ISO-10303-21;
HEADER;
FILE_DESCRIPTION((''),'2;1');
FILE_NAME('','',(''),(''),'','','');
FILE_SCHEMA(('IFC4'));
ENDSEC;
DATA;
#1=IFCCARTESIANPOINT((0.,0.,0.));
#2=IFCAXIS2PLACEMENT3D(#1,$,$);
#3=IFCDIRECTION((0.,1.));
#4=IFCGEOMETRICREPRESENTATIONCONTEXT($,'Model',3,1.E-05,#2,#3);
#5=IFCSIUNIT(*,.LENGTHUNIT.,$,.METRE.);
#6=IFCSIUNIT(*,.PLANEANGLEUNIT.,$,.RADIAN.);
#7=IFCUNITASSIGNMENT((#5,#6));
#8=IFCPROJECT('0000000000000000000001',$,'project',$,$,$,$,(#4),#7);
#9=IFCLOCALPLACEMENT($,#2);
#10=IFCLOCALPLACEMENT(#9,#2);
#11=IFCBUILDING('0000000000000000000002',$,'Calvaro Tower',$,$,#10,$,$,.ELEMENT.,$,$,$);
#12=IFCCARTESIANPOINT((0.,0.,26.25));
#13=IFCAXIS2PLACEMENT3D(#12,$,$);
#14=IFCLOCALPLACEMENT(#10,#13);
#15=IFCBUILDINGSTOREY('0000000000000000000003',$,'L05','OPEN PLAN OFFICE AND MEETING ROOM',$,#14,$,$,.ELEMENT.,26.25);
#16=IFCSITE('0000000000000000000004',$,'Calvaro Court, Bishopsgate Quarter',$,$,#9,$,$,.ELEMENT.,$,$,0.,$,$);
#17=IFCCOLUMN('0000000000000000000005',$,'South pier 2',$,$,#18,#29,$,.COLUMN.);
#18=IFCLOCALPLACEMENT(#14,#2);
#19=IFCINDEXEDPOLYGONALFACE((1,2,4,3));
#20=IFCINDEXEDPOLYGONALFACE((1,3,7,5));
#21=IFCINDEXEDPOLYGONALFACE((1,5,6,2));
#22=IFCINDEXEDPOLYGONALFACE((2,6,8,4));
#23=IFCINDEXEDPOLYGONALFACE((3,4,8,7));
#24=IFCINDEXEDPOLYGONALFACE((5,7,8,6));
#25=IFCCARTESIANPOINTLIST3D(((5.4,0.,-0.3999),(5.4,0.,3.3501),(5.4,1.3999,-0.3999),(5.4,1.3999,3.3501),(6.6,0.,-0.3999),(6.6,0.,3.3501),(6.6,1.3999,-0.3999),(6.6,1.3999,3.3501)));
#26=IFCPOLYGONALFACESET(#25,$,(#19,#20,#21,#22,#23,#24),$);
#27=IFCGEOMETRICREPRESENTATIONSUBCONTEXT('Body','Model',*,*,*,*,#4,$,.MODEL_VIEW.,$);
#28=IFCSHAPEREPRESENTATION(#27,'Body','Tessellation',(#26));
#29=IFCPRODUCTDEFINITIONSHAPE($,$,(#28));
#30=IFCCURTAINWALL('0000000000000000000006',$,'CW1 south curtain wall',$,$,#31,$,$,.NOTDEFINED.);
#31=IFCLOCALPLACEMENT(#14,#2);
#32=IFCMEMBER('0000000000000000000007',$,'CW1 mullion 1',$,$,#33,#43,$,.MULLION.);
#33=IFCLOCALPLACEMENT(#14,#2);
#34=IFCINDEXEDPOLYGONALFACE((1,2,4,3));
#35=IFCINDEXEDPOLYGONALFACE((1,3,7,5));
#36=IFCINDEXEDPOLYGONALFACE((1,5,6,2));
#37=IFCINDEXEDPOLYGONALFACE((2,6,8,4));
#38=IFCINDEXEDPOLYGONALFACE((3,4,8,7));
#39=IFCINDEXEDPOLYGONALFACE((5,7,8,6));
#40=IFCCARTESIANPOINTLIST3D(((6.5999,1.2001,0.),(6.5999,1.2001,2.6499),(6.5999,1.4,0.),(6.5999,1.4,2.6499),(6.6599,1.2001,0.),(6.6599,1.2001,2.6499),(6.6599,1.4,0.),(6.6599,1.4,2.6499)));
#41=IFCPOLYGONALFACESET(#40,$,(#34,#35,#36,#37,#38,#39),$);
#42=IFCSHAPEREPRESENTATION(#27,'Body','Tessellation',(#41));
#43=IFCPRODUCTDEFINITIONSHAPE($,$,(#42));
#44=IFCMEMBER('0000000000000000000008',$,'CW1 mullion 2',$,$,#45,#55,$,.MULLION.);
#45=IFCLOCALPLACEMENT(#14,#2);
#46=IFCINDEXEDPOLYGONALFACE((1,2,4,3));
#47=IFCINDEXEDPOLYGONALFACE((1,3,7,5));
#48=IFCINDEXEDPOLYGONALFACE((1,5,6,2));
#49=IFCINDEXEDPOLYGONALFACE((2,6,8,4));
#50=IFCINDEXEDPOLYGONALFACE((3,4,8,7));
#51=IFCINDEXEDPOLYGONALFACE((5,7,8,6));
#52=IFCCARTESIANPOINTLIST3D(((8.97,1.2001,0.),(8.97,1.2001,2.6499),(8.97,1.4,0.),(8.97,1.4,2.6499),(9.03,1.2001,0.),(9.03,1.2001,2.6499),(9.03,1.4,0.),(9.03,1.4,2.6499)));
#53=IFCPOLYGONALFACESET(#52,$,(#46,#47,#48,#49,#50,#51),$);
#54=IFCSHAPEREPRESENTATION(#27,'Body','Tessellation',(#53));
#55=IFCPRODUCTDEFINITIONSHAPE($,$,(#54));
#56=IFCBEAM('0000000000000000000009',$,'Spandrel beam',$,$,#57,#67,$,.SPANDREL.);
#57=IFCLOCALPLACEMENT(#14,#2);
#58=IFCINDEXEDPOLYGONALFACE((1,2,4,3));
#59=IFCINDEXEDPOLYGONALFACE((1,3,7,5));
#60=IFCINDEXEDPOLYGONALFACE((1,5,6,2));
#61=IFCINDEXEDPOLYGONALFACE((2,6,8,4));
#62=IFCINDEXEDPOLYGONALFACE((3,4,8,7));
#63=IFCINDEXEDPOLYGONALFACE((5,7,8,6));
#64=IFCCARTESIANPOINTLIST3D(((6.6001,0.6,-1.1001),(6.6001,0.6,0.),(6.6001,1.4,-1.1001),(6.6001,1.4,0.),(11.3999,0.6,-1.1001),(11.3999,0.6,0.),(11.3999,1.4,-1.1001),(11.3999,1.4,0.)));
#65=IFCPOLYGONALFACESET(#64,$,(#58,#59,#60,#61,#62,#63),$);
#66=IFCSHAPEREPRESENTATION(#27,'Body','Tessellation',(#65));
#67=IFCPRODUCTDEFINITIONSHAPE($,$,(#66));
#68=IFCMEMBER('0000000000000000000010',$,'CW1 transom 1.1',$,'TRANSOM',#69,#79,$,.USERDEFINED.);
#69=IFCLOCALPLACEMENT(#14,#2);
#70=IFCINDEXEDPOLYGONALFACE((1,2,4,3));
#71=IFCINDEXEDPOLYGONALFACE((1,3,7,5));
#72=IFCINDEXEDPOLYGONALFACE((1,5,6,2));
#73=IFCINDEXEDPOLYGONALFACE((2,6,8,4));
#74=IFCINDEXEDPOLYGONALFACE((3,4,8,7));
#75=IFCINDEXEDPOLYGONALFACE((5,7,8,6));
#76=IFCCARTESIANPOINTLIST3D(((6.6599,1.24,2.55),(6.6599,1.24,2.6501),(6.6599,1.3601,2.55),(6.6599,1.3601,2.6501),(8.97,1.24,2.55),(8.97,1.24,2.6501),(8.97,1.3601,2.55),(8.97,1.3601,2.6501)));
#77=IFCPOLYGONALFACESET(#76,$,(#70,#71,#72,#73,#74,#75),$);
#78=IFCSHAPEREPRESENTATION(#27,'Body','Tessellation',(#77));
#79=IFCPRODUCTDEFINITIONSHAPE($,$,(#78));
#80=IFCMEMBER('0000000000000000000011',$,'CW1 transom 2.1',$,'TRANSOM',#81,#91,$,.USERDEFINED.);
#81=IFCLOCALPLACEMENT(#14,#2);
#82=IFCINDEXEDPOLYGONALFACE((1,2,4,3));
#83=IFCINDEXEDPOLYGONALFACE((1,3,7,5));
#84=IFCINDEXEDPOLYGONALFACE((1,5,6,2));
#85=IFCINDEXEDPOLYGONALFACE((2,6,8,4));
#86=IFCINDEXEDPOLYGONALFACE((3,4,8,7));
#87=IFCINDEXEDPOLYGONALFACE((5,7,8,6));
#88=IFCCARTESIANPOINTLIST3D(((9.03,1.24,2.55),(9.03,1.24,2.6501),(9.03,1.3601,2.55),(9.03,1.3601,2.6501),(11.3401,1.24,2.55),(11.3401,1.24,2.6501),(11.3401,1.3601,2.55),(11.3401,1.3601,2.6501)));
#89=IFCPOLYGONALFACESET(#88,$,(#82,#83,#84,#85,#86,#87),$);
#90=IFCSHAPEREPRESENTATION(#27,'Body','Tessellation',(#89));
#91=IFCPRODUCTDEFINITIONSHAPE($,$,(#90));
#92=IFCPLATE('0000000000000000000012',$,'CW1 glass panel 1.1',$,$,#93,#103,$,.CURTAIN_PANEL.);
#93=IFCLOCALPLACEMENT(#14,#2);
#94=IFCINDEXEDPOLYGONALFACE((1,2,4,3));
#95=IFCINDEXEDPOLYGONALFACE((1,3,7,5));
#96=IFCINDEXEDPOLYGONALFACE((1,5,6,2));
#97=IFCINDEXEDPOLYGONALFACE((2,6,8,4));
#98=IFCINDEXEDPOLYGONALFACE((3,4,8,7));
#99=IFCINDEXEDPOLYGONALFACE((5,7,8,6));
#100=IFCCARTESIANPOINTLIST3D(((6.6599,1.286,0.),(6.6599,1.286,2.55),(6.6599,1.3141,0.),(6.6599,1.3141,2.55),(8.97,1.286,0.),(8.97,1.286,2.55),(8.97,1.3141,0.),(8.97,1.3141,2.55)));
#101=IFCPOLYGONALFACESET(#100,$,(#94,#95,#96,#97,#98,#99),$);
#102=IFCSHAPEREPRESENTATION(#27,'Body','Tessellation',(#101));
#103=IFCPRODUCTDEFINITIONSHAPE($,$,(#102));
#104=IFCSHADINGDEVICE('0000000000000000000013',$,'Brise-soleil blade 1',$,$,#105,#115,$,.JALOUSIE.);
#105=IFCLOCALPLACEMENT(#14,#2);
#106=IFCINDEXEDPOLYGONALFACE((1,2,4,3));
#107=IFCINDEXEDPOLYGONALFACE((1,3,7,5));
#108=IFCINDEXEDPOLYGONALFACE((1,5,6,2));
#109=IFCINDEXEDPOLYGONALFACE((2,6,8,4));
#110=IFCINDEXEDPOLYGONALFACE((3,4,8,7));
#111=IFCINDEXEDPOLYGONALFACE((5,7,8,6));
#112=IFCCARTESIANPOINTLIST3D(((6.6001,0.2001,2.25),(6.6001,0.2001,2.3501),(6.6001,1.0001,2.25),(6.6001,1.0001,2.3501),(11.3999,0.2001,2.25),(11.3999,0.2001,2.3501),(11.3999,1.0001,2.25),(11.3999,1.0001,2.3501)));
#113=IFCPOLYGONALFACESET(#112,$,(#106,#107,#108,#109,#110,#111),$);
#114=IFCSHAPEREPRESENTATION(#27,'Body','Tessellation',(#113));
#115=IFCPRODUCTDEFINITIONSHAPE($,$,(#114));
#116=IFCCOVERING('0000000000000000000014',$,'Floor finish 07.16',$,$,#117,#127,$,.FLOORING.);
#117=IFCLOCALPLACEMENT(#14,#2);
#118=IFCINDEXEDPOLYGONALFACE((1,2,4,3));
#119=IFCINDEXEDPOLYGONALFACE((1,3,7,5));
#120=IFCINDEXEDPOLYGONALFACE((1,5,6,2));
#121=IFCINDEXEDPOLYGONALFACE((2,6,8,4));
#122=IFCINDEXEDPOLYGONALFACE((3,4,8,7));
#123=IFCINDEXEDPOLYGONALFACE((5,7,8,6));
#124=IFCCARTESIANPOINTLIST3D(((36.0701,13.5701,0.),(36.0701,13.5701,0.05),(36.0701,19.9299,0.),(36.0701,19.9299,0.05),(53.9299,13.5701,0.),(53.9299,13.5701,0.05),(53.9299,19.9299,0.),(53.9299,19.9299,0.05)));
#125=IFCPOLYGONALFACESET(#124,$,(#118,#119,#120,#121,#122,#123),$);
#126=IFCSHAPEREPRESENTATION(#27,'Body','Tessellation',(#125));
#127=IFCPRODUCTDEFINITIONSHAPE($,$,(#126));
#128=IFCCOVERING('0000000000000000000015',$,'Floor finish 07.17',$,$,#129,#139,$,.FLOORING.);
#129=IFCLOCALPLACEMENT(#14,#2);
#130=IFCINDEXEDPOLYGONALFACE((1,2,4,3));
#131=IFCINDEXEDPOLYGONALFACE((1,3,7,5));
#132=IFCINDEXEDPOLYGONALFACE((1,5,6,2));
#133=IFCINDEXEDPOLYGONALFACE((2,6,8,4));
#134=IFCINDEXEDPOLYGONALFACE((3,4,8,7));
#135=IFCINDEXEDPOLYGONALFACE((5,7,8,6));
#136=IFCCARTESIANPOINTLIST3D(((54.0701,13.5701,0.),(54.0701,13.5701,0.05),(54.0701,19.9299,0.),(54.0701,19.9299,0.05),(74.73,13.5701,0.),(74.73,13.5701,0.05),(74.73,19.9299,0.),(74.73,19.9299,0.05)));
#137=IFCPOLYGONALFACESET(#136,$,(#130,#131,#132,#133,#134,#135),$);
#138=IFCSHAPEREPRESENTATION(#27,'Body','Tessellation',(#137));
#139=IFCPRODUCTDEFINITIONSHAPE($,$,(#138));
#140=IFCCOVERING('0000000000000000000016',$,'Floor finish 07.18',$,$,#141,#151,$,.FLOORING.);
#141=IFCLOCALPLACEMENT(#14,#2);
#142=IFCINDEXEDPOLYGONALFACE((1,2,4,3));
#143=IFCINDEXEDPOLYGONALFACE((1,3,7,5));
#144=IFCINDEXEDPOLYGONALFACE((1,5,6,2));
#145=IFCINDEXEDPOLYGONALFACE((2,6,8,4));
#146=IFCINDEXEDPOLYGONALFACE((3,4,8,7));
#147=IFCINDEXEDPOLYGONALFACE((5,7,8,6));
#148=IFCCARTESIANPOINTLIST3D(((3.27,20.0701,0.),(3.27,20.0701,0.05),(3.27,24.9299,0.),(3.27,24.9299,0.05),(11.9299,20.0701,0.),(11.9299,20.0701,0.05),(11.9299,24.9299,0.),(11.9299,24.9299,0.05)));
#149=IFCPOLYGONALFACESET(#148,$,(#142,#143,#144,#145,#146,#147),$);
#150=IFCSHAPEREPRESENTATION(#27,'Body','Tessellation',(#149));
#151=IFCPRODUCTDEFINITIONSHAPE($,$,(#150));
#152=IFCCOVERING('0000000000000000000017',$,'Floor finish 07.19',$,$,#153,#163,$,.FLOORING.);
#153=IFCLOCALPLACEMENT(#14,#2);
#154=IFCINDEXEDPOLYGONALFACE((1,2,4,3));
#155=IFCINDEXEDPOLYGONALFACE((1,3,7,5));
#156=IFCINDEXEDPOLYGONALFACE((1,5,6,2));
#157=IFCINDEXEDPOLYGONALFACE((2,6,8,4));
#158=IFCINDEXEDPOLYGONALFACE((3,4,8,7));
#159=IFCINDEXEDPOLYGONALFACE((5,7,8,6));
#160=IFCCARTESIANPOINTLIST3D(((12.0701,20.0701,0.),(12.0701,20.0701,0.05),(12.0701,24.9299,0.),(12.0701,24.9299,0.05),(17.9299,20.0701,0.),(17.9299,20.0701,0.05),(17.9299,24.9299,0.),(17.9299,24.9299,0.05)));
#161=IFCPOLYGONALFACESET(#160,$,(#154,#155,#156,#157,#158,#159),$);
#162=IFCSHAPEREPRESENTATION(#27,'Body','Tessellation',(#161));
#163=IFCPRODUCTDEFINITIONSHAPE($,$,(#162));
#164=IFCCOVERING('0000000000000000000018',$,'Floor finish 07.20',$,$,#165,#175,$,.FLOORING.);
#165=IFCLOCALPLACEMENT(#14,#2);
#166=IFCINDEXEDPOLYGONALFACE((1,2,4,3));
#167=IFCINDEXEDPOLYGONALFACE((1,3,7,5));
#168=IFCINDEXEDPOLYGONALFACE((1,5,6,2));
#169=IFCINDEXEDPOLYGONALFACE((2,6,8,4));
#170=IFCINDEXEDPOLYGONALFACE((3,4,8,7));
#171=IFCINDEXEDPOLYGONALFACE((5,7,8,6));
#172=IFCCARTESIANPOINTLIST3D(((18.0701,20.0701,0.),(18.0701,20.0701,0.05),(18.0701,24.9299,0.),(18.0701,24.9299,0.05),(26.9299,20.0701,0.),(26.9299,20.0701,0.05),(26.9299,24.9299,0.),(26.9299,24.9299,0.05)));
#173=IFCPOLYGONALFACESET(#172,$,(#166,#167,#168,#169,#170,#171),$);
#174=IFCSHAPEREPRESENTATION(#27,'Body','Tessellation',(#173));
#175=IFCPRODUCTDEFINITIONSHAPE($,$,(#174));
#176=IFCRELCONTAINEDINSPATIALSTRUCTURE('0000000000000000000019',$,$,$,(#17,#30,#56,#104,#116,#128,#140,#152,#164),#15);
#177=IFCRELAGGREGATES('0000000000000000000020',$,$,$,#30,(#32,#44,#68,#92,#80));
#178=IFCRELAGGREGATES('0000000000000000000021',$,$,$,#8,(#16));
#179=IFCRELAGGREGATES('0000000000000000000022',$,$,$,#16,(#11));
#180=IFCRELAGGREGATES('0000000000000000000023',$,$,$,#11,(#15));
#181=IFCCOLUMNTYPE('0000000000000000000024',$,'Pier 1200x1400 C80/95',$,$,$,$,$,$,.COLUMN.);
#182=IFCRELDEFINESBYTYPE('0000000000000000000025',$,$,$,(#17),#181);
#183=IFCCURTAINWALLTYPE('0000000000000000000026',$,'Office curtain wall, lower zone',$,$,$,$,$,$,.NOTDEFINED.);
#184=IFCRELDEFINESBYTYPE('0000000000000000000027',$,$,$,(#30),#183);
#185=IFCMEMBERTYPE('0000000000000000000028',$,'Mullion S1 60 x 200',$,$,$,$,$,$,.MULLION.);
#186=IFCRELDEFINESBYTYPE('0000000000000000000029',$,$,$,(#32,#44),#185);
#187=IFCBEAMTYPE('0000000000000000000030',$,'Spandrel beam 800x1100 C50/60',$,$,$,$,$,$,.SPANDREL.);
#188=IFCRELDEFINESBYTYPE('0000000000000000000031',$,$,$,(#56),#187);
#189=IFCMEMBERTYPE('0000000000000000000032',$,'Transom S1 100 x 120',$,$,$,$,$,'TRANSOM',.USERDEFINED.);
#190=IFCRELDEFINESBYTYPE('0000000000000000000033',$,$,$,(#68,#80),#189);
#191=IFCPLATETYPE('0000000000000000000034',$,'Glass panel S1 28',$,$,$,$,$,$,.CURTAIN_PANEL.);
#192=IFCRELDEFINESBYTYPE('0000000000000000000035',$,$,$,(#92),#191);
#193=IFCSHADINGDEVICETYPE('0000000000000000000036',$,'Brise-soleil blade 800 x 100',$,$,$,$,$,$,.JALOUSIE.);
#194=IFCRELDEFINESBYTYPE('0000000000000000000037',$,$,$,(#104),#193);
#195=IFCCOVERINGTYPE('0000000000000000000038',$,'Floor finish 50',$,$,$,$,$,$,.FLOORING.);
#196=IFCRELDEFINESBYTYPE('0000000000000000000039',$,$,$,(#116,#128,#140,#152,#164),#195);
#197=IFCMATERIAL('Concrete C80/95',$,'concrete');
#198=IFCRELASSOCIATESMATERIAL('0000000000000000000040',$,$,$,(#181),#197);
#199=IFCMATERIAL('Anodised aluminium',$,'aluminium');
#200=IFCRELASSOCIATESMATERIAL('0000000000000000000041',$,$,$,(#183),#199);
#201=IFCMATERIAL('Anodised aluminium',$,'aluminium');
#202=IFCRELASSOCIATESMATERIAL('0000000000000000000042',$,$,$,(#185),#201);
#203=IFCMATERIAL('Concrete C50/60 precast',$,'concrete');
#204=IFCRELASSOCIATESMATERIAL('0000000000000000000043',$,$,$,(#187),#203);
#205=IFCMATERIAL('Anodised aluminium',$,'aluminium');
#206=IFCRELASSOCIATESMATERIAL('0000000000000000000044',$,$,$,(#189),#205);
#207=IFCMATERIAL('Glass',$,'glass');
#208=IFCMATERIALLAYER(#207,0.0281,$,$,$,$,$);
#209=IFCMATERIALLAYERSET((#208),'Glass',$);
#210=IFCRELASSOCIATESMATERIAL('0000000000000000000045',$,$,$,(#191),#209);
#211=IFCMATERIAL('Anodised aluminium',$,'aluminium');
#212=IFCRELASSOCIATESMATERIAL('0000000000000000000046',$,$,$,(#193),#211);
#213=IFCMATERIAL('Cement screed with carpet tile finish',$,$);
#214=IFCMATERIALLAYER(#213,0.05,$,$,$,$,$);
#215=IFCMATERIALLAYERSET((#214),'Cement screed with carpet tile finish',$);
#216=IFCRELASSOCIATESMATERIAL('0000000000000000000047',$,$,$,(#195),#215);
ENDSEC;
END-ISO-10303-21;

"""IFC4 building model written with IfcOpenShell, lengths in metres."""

from ifc_helpers import new_model, si_unit, direction, frame, origin, origin_2d, place, context, subcontext, project, spatial, polyline, rectangle, outline, extrude, material, layer, layer_set, material_profile, profile_set, type_object, element, aggregate, save


model = new_model("IFC4")

# Units and contexts
model_context = context("Model", 3, precision=1e-05, world=origin(), true_north=direction((0.0, 1.0)))
body_context = subcontext(model_context, "Body", "Model", "MODEL_VIEW")
ifc_project = project(units=[si_unit("LENGTHUNIT", "METRE"), si_unit("PLANEANGLEUNIT", "RADIAN")], contexts=[model_context])

# Site, building, storey
site_placement = place(None, origin())
site = spatial("IfcSite", under=ifc_project, at=site_placement, Name="Calvaro Court, Bishopsgate Quarter", CompositionType="ELEMENT", RefElevation=0.0)
building_placement = place(site_placement, origin())
building = spatial("IfcBuilding", under=site, at=building_placement, Name="Calvaro Tower", CompositionType="ELEMENT")
storey_placement = place(building_placement, frame((0.0, 0.0, 26.25)))
storey = spatial("IfcBuildingStorey", under=building, at=storey_placement, Name="L05", Description="OPEN PLAN OFFICE AND MEETING ROOM", CompositionType="ELEMENT", Elevation=26.25)

# Column
ifc_material_1 = material(Name="Concrete C80/95", Category="concrete")
ifc_material_profile_1 = material_profile(ifc_material_1, rectangle(XDim=1.2, YDim=1.3999, at=origin_2d()), Name="RC 1200x1400")
ifc_profile_set_1 = profile_set([ifc_material_profile_1], Name="Concrete C80/95")
column_type = type_object("IfcColumnType", Name="Pier 1200x1400 C80/95", PredefinedType="COLUMN", material=ifc_profile_set_1)
column_placement = place(storey_placement, frame((6.0, 0.7, -0.3999), z_axis=(0.0, 0.0, 1.0), x_axis=(1.0, 0.0, 0.0)))
element("IfcColumn", 1, at=column_placement, inside=storey, type_object=column_type, Name="South pier 2", PredefinedType="COLUMN", context=body_context, shape_type="SweptSolid", body=[
    extrude(rectangle(XDim=1.2, YDim=1.3999, at=origin_2d()), origin(), (0.0, 0.0, 1.0), 3.75),
])

# Curtain wall, members
ifc_material_2 = material(Name="Anodised aluminium", Category="aluminium")
curtain_wall_type = type_object("IfcCurtainWallType", Name="Office curtain wall, lower zone", PredefinedType="NOTDEFINED", material=ifc_material_2)
curtain_wall_placement = place(storey_placement, origin())
curtain_wall = element("IfcCurtainWall", 2, at=curtain_wall_placement, inside=storey, type_object=curtain_wall_type, Name="CW1 south curtain wall", PredefinedType="NOTDEFINED")
ifc_material_3 = material(Name="Anodised aluminium", Category="aluminium")
ifc_material_profile_2 = material_profile(ifc_material_3, rectangle(XDim=0.2, YDim=0.0601, at=origin_2d()), Name="Mullion S1 60 x 200")
ifc_profile_set_2 = profile_set([ifc_material_profile_2], Name="Anodised aluminium")
member_type_1 = type_object("IfcMemberType", Name="Mullion S1 60 x 200", PredefinedType="MULLION", material=ifc_profile_set_2)
member_1_placement = place(storey_placement, frame((6.6299, 1.3, 0.0), z_axis=(0.0, 0.0, 1.0), x_axis=(0.0, 1.0, 0.0)))
member_1 = element("IfcMember", 3, at=member_1_placement, type_object=member_type_1, Name="CW1 mullion 1", PredefinedType="MULLION", context=body_context, shape_type="SweptSolid", body=[
    extrude(rectangle(XDim=0.2, YDim=0.0601, at=origin_2d()), origin(), (0.0, 0.0, 1.0), 2.6499),
])
member_2_placement = place(storey_placement, frame((9.0, 1.3, 0.0), z_axis=(0.0, 0.0, 1.0), x_axis=(0.0, 1.0, 0.0)))
member_2 = element("IfcMember", 4, at=member_2_placement, type_object=member_type_1, Name="CW1 mullion 2", PredefinedType="MULLION", context=body_context, shape_type="SweptSolid", body=[
    extrude(rectangle(XDim=0.2, YDim=0.0601, at=origin_2d()), origin(), (0.0, 0.0, 1.0), 2.6499),
])

# Beam
ifc_material_4 = material(Name="Concrete C50/60 precast", Category="concrete")
ifc_material_profile_3 = material_profile(ifc_material_4, rectangle(XDim=0.8, YDim=1.1001, at=origin_2d()), Name="RC 800x1100")
ifc_profile_set_3 = profile_set([ifc_material_profile_3], Name="Concrete C50/60 precast")
beam_type = type_object("IfcBeamType", Name="Spandrel beam 800x1100 C50/60", PredefinedType="SPANDREL", material=ifc_profile_set_3)
beam_placement = place(storey_placement, frame((6.6001, 1.0, -0.55), z_axis=(1.0, 0.0, 0.0), x_axis=(0.0, 1.0, 0.0)))
element("IfcBeam", 5, at=beam_placement, inside=storey, type_object=beam_type, Name="Spandrel beam", PredefinedType="SPANDREL", context=body_context, shape_type="SweptSolid", body=[
    extrude(rectangle(XDim=0.8, YDim=1.1001, at=origin_2d()), origin(), (0.0, 0.0, 1.0), 4.7998),
])

# Members
ifc_material_5 = material(Name="Anodised aluminium", Category="aluminium")
ifc_material_profile_4 = material_profile(ifc_material_5, rectangle(XDim=0.1201, YDim=0.1001, at=origin_2d()), Name="Transom S1 100 x 120")
ifc_profile_set_4 = profile_set([ifc_material_profile_4], Name="Anodised aluminium")
member_type_2 = type_object("IfcMemberType", Name="Transom S1 100 x 120", ElementType="TRANSOM", PredefinedType="USERDEFINED", material=ifc_profile_set_4)
member_3_placement = place(storey_placement, frame((6.6599, 1.3, 2.6001), z_axis=(1.0, 0.0, 0.0), x_axis=(0.0, 1.0, 0.0)))
member_3 = element("IfcMember", 6, at=member_3_placement, type_object=member_type_2, Name="CW1 transom 1.1", ObjectType="TRANSOM", PredefinedType="USERDEFINED", context=body_context, shape_type="SweptSolid", body=[
    extrude(rectangle(XDim=0.1201, YDim=0.1001, at=origin_2d()), origin(), (0.0, 0.0, 1.0), 2.3101),
])
member_4_placement = place(storey_placement, frame((9.03, 1.3, 2.6001), z_axis=(1.0, 0.0, 0.0), x_axis=(0.0, 1.0, 0.0)))
member_4 = element("IfcMember", 7, at=member_4_placement, type_object=member_type_2, Name="CW1 transom 2.1", ObjectType="TRANSOM", PredefinedType="USERDEFINED", context=body_context, shape_type="SweptSolid", body=[
    extrude(rectangle(XDim=0.1201, YDim=0.1001, at=origin_2d()), origin(), (0.0, 0.0, 1.0), 2.3101),
])

# Plate
ifc_material_6 = material(Name="Glass", Category="glass")
ifc_layer_1 = layer(ifc_material_6, 0.0281)
ifc_layer_set_1 = layer_set([ifc_layer_1], Name="Glass")
plate_type = type_object("IfcPlateType", Name="Glass panel S1 28", PredefinedType="CURTAIN_PANEL", material=ifc_layer_set_1)
plate_placement = place(storey_placement, frame((7.8149, 1.3, 0.0), z_axis=(0.0, 0.0, 1.0), x_axis=(1.0, 0.0, 0.0)))
plate = element("IfcPlate", 8, at=plate_placement, type_object=plate_type, Name="CW1 glass panel 1.1", PredefinedType="CURTAIN_PANEL", context=body_context, shape_type="SweptSolid", body=[
    extrude(rectangle(XDim=2.3101, YDim=0.0281, at=origin_2d()), origin(), (0.0, 0.0, 1.0), 2.55),
])
aggregate(curtain_wall, [member_1, member_2, member_3, plate, member_4])

# Shading device
ifc_material_7 = material(Name="Anodised aluminium", Category="aluminium")
ifc_material_profile_5 = material_profile(ifc_material_7, rectangle(XDim=0.8, YDim=0.1001, at=origin_2d()), Name="Brise-soleil blade 800 x 100")
ifc_profile_set_5 = profile_set([ifc_material_profile_5], Name="Anodised aluminium")
shading_device_type = type_object("IfcShadingDeviceType", Name="Brise-soleil blade 800 x 100", PredefinedType="JALOUSIE", material=ifc_profile_set_5)
shading_device_placement = place(storey_placement, frame((6.6001, 0.6001, 2.3), z_axis=(1.0, 0.0, 0.0), x_axis=(0.0, 1.0, 0.0)))
element("IfcShadingDevice", 9, at=shading_device_placement, inside=storey, type_object=shading_device_type, Name="Brise-soleil blade 1", PredefinedType="JALOUSIE", context=body_context, shape_type="SweptSolid", body=[
    extrude(rectangle(XDim=0.8, YDim=0.1001, at=origin_2d()), origin(), (0.0, 0.0, 1.0), 4.7998),
])

# Coverings
ifc_material_8 = material(Name="Cement screed with carpet tile finish")
ifc_layer_2 = layer(ifc_material_8, 0.05)
ifc_layer_set_2 = layer_set([ifc_layer_2], Name="Cement screed with carpet tile finish")
covering_type = type_object("IfcCoveringType", Name="Floor finish 50", PredefinedType="FLOORING", material=ifc_layer_set_2)
covering_1_placement = place(storey_placement, origin())
element("IfcCovering", 10, at=covering_1_placement, inside=storey, type_object=covering_type, Name="Floor finish 07.16", PredefinedType="FLOORING", context=body_context, shape_type="SweptSolid", body=[
    extrude(outline(polyline([(36.0701, 13.5701), (36.0701, 19.9299), (53.9299, 19.9299), (53.9299, 13.5701), (36.0701, 13.5701)])), origin(), (0.0, 0.0, 1.0), 0.05),
])
covering_2_placement = place(storey_placement, origin())
element("IfcCovering", 11, at=covering_2_placement, inside=storey, type_object=covering_type, Name="Floor finish 07.17", PredefinedType="FLOORING", context=body_context, shape_type="SweptSolid", body=[
    extrude(outline(polyline([(54.0701, 13.5701), (54.0701, 19.9299), (74.73, 19.9299), (74.73, 13.5701), (54.0701, 13.5701)])), origin(), (0.0, 0.0, 1.0), 0.05),
])
covering_3_placement = place(storey_placement, origin())
element("IfcCovering", 12, at=covering_3_placement, inside=storey, type_object=covering_type, Name="Floor finish 07.18", PredefinedType="FLOORING", context=body_context, shape_type="SweptSolid", body=[
    extrude(outline(polyline([(3.27, 20.0701), (3.27, 24.9299), (11.9299, 24.9299), (11.9299, 20.0701), (3.27, 20.0701)])), origin(), (0.0, 0.0, 1.0), 0.05),
])
covering_4_placement = place(storey_placement, origin())
element("IfcCovering", 13, at=covering_4_placement, inside=storey, type_object=covering_type, Name="Floor finish 07.19", PredefinedType="FLOORING", context=body_context, shape_type="SweptSolid", body=[
    extrude(outline(polyline([(12.0701, 20.0701), (12.0701, 24.9299), (17.9299, 24.9299), (17.9299, 20.0701), (12.0701, 20.0701)])), origin(), (0.0, 0.0, 1.0), 0.05),
])
covering_5_placement = place(storey_placement, origin())
element("IfcCovering", 14, at=covering_5_placement, inside=storey, type_object=covering_type, Name="Floor finish 07.20", PredefinedType="FLOORING", context=body_context, shape_type="SweptSolid", body=[
    extrude(outline(polyline([(18.0701, 20.0701), (18.0701, 24.9299), (26.9299, 24.9299), (26.9299, 20.0701), (18.0701, 20.0701)])), origin(), (0.0, 0.0, 1.0), 0.05),
])

save(model, "model.ifc")
